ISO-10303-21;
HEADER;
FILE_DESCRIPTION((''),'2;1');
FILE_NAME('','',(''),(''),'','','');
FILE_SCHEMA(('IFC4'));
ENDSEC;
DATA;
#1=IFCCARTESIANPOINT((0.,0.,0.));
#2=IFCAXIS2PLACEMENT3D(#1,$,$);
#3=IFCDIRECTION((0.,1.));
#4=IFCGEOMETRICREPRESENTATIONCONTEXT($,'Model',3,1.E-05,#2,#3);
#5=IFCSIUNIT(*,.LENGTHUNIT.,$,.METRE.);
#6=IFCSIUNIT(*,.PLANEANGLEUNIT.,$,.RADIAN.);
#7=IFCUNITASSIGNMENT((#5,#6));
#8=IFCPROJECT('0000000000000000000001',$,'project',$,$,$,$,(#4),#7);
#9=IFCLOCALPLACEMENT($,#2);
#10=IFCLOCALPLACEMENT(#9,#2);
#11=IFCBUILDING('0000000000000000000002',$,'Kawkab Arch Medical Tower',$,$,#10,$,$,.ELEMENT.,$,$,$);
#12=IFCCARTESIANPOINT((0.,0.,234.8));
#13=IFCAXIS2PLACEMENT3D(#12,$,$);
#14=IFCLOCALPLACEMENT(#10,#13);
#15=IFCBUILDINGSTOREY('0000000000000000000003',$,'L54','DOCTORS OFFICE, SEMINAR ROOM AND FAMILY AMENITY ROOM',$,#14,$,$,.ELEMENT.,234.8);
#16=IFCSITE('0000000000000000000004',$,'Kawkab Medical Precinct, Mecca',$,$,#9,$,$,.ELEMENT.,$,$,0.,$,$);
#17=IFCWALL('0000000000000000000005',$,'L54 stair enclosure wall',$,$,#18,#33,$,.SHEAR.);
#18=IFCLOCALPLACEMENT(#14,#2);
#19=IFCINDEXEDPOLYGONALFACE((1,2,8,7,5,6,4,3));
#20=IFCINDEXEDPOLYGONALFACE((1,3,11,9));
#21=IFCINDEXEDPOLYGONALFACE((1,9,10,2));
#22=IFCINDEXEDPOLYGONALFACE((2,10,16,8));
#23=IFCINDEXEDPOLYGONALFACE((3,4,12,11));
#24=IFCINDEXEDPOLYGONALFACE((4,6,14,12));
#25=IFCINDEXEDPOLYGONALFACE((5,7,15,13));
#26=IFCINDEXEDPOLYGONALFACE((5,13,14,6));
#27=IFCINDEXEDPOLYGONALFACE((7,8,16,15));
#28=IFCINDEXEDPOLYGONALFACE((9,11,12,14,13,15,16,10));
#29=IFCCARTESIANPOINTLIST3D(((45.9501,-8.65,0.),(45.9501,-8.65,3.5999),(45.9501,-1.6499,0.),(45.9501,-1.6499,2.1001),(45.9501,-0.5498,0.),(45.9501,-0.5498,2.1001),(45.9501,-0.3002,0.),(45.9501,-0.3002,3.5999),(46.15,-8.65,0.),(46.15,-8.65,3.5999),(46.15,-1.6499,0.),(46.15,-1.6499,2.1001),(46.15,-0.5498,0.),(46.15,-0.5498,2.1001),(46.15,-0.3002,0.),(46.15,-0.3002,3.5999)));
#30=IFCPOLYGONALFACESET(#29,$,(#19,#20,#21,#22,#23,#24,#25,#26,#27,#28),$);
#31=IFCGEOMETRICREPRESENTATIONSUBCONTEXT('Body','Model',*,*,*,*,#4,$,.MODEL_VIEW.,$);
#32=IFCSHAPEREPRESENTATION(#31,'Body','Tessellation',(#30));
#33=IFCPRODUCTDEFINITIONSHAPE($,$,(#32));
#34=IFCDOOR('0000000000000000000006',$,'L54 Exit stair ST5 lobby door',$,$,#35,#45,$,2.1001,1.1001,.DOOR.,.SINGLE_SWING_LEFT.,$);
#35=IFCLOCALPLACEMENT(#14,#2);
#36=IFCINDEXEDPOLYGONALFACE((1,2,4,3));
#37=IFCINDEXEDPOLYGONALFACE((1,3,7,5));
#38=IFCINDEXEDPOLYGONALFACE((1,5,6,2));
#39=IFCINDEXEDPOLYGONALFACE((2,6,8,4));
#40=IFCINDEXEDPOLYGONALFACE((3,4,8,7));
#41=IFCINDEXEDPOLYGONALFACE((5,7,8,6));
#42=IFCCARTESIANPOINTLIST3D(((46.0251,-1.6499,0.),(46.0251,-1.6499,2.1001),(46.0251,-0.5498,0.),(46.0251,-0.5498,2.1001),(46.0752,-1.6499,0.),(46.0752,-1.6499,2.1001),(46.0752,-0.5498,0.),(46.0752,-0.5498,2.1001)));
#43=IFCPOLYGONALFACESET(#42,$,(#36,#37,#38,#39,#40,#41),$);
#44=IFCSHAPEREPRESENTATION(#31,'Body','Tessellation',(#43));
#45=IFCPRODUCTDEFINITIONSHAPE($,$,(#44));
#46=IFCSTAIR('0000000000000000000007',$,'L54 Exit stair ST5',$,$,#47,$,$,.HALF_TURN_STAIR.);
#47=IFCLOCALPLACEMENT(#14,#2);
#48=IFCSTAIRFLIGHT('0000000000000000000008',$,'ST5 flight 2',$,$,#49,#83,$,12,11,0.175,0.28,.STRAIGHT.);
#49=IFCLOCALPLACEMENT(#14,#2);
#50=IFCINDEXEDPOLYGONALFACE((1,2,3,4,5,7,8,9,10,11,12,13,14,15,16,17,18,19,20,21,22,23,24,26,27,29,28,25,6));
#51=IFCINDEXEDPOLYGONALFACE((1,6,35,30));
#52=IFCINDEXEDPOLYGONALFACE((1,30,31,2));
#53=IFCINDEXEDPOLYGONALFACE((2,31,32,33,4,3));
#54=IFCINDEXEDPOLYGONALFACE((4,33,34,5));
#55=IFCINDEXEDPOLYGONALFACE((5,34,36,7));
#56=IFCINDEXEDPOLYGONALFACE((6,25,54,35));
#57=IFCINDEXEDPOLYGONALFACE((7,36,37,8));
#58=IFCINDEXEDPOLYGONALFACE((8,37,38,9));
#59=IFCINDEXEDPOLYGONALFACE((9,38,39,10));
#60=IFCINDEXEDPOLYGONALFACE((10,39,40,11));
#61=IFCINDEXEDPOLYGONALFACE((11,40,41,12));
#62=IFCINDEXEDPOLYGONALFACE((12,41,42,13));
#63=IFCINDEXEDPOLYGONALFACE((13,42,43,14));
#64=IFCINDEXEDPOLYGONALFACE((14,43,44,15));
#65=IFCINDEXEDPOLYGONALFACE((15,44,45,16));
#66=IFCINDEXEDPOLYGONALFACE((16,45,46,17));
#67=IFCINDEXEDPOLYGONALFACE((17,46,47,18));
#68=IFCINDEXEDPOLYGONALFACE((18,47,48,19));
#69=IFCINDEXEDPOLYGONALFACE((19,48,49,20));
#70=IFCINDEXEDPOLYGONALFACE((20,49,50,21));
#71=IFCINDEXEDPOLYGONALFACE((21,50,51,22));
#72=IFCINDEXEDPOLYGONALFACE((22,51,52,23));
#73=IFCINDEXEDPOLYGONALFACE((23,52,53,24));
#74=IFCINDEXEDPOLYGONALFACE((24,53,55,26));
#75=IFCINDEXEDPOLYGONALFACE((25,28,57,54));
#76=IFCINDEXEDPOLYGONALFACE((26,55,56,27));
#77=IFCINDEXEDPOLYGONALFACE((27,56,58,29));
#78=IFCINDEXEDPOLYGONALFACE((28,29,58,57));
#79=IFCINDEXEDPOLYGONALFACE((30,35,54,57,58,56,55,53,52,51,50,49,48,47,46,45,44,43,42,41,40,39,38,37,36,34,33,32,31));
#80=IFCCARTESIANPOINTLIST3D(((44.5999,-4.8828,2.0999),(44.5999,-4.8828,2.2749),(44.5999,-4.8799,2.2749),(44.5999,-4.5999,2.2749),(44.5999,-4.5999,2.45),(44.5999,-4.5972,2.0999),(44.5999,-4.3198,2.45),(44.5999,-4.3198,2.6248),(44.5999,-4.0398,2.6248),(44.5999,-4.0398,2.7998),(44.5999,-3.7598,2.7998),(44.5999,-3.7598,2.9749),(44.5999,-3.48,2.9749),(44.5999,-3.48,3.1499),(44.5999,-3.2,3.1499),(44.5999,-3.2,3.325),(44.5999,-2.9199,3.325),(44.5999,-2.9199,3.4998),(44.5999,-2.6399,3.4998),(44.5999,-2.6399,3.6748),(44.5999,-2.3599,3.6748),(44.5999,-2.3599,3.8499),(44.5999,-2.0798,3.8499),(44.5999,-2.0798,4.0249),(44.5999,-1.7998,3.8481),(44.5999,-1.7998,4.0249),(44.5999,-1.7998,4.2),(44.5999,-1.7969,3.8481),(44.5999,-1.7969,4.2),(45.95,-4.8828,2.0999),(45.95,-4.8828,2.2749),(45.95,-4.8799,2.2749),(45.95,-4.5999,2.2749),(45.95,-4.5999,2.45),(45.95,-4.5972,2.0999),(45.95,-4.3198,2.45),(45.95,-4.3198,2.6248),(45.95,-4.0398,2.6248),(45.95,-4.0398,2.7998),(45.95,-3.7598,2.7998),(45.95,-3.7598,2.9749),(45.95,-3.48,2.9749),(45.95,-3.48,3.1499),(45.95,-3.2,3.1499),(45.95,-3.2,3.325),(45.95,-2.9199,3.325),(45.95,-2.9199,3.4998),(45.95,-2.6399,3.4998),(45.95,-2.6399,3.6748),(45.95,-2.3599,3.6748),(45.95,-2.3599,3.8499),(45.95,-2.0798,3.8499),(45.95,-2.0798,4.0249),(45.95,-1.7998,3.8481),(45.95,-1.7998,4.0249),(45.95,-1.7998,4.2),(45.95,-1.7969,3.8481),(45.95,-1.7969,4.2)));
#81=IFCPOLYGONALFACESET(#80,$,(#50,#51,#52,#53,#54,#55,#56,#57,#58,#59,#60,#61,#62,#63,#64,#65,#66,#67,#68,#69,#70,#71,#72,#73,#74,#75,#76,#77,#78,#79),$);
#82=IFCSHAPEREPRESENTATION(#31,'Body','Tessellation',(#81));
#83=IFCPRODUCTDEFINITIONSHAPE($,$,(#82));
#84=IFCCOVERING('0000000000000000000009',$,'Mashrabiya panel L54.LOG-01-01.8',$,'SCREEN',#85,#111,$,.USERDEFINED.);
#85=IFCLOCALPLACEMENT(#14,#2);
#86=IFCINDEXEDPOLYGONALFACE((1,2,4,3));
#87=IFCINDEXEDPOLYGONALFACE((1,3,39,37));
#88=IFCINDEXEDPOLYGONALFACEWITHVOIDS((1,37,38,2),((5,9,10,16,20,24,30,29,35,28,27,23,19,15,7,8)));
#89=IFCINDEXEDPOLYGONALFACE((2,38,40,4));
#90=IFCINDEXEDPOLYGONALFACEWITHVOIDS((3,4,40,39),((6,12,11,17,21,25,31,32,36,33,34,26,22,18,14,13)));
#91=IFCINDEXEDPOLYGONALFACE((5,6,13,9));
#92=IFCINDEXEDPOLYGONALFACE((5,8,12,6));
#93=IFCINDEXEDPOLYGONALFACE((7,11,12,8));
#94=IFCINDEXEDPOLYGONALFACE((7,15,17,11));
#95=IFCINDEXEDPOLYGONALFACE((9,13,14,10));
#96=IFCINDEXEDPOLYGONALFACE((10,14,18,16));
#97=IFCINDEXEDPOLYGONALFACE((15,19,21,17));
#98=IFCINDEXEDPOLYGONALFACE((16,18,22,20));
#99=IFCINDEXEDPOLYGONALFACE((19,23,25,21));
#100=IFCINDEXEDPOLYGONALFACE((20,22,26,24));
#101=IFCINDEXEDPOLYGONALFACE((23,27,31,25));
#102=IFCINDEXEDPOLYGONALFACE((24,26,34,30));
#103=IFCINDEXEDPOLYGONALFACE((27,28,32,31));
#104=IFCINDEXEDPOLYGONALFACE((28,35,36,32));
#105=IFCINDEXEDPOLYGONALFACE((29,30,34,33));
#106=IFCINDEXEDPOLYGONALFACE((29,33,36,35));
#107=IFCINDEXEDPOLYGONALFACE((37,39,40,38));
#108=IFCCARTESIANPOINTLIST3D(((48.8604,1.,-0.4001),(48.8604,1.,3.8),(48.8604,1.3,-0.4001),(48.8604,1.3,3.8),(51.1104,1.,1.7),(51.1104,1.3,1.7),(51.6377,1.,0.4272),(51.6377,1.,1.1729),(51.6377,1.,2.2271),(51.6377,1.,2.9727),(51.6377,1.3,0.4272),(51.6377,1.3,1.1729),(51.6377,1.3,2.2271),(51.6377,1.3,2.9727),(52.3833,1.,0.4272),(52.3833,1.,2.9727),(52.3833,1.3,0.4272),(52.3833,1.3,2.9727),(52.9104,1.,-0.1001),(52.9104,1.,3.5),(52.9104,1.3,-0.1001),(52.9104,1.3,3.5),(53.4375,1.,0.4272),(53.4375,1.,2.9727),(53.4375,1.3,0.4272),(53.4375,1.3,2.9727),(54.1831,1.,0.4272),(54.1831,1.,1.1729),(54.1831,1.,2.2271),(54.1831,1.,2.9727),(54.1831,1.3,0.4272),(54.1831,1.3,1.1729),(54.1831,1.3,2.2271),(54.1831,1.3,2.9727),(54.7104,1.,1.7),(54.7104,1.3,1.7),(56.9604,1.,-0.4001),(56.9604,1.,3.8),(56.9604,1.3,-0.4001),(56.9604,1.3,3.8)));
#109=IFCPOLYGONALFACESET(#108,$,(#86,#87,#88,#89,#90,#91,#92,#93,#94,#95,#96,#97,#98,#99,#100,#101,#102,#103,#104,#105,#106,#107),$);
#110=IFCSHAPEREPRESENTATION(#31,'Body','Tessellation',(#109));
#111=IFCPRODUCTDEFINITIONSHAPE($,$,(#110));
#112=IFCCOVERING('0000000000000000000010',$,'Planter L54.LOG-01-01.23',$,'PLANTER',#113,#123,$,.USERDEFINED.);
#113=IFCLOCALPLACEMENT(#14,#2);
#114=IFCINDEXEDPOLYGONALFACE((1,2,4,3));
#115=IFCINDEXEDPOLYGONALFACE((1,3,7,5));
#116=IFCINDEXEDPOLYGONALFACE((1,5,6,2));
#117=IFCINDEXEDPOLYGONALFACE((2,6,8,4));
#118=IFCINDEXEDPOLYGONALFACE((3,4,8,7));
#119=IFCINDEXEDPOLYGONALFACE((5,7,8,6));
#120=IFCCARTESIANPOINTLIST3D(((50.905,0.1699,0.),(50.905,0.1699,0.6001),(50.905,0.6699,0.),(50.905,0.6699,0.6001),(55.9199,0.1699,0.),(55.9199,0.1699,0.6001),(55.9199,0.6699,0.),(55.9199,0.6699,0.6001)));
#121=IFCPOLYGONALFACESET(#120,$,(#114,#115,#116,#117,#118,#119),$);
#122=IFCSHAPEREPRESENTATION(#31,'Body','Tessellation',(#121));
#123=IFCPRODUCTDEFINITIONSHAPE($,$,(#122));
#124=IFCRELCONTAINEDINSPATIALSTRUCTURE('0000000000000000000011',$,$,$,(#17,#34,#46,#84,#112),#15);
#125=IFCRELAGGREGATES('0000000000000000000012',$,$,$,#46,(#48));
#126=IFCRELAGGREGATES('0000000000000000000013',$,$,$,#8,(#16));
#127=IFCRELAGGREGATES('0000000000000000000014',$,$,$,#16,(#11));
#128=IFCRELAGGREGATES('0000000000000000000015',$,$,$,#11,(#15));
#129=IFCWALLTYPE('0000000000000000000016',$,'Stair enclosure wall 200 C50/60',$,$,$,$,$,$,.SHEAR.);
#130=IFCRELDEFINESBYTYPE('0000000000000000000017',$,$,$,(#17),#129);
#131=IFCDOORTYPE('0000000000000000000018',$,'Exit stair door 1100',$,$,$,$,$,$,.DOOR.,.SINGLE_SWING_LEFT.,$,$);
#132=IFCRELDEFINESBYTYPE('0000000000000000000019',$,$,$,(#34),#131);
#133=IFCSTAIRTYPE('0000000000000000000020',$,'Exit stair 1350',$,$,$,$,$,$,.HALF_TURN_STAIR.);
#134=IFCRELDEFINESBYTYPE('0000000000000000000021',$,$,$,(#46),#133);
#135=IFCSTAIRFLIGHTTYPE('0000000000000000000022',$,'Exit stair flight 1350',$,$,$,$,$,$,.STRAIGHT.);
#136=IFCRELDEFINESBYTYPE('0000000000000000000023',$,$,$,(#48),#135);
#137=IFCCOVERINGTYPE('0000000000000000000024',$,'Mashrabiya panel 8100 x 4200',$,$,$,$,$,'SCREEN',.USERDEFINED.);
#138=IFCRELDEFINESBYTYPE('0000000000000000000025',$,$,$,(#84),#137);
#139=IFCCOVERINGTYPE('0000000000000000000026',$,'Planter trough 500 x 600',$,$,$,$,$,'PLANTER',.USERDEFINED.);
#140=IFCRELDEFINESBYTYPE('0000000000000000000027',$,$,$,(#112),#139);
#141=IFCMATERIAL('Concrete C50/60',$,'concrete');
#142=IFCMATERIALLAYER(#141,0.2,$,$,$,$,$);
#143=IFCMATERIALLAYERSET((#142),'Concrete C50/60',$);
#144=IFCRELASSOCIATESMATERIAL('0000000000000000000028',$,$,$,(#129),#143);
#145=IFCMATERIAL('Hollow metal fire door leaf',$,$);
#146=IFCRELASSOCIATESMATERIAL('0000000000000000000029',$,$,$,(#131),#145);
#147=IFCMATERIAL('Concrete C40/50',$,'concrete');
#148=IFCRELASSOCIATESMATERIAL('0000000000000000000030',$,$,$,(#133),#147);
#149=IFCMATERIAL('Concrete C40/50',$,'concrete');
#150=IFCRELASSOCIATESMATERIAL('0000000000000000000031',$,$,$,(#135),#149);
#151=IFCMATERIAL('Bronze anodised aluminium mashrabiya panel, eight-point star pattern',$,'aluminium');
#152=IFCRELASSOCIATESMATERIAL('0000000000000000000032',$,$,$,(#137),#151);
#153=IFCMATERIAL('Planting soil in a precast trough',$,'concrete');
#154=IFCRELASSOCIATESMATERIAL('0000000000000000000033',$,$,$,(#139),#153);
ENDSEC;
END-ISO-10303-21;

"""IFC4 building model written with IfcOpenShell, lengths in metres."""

from ifc_helpers import new_model, si_unit, direction, frame, frame_2d, origin, origin_2d, place, context, subcontext, project, spatial, polyline, rectangle, outline, extrude, material, layer, layer_set, material_profile, profile_set, type_object, element, fill, aggregate, save


model = new_model("IFC4")

# Units and contexts
model_context = context("Model", 3, precision=1e-05, world=origin(), true_north=direction((0.0, 1.0)))
body_context = subcontext(model_context, "Body", "Model", "MODEL_VIEW")
ifc_project = project(units=[si_unit("LENGTHUNIT", "METRE"), si_unit("PLANEANGLEUNIT", "RADIAN")], contexts=[model_context])

# Site, building, storey
site_placement = place(None, origin())
site = spatial("IfcSite", under=ifc_project, at=site_placement, Name="Kawkab Medical Precinct, Mecca", CompositionType="ELEMENT", RefElevation=0.0)
building_placement = place(site_placement, origin())
building = spatial("IfcBuilding", under=site, at=building_placement, Name="Kawkab Arch Medical Tower", CompositionType="ELEMENT")
storey_placement = place(building_placement, frame((0.0, 0.0, 234.8)))
storey = spatial("IfcBuildingStorey", under=building, at=storey_placement, Name="L54", Description="DOCTORS OFFICE, SEMINAR ROOM AND FAMILY AMENITY ROOM", CompositionType="ELEMENT", Elevation=234.8)

# Shared definitions
placement = place(storey_placement, origin())

# Wall, opening, door
ifc_material_1 = material(Name="Concrete C50/60", Category="concrete")
ifc_layer_1 = layer(ifc_material_1, 0.2)
ifc_layer_set_1 = layer_set([ifc_layer_1], Name="Concrete C50/60")
wall_type_1 = type_object("IfcWallType", Name="Stair enclosure wall 200 C50/60", PredefinedType="SHEAR", material=ifc_layer_set_1)
wall_1_placement = place(storey_placement, frame((46.05, -8.6499, 0.0), z_axis=(0.0, 0.0, 1.0), x_axis=(0.0, 1.0, 0.0)))
wall_1 = element("IfcWall", 1, at=wall_1_placement, inside=storey, type_object=wall_type_1, Name="L54 stair enclosure wall", PredefinedType="SHEAR", context=body_context, shape_type="SweptSolid", body=[
    extrude(rectangle(XDim=8.3499, YDim=0.2, at=frame_2d((4.1748, 0.0))), origin(), (0.0, 0.0, 1.0), 3.5999),
])
opening_1_placement = place(wall_1_placement, frame((7.0, 0.0, 0.0)))
opening_1 = element("IfcOpeningElement", 2, at=opening_1_placement, cuts=wall_1, PredefinedType="OPENING", context=body_context, shape_type="SweptSolid", body=[
    extrude(rectangle(XDim=1.1001, YDim=2.1001, at=frame_2d((0.55, 1.05))), frame((0.0, 0.1099, 0.0), z_axis=(0.0, -1.0, 0.0), x_axis=(1.0, 0.0, 0.0)), (0.0, 0.0, 1.0), 0.22),
])
ifc_material_2 = material(Name="Hollow metal fire door leaf")
door_type_1 = type_object("IfcDoorType", Name="Exit stair door 1100", OperationType="SINGLE_SWING_LEFT", PredefinedType="DOOR", material=ifc_material_2)
door_1_placement = place(opening_1_placement, origin())
door_1 = element("IfcDoor", 3, at=door_1_placement, inside=storey, type_object=door_type_1, Name="L54 Exit stair ST5 lobby door", OperationType="SINGLE_SWING_LEFT", OverallHeight=2.1001, OverallWidth=1.1001, PredefinedType="DOOR", context=body_context, shape_type="SweptSolid", body=[
    extrude(rectangle(XDim=1.1001, YDim=2.1001, at=frame_2d((0.55, 1.05))), frame((0.0, 0.0249, 0.0), z_axis=(0.0, -1.0, 0.0), x_axis=(1.0, 0.0, 0.0)), (0.0, 0.0, 1.0), 0.05),
])
fill(opening_1, door_1)

# Stair, stair flight
ifc_material_3 = material(Name="Concrete C40/50", Category="concrete")
stair_type = type_object("IfcStairType", Name="Exit stair 1350", PredefinedType="HALF_TURN_STAIR", material=ifc_material_3)
stair = element("IfcStair", 4, at=placement, inside=storey, type_object=stair_type, Name="L54 Exit stair ST5", PredefinedType="HALF_TURN_STAIR")
ifc_material_4 = material(Name="Concrete C40/50", Category="concrete")
stair_flight_type = type_object("IfcStairFlightType", Name="Exit stair flight 1350", PredefinedType="STRAIGHT", material=ifc_material_4)
stair_flight_placement = place(storey_placement, frame((45.2749, -4.8799, 2.0999), z_axis=(0.0, 0.0, 1.0), x_axis=(0.0, 1.0, 0.0)))
stair_flight = element("IfcStairFlight", 5, at=stair_flight_placement, type_object=stair_flight_type, Name="ST5 flight 2", NumberOfRisers=12, NumberOfTreads=11, PredefinedType="STRAIGHT", RiserHeight=0.175, TreadLength=0.28, context=body_context, shape_type="SweptSolid", body=[
    extrude(outline(polyline([(-0.0029, 0.0), (-0.0029, 0.175), (0.0, 0.175), (0.28, 0.175), (0.28, 0.3501), (0.5601, 0.3501), (0.5601, 0.5249), (0.8401, 0.5249), (0.8401, 0.7), (1.1201, 0.7), (1.1201, 0.875), (1.3999, 0.875), (1.3999, 1.05), (1.6799, 1.05), (1.6799, 1.2251), (1.96, 1.2251), (1.96, 1.3999), (2.24, 1.3999), (2.24, 1.575), (2.52, 1.575), (2.52, 1.75), (2.8, 1.75), (2.8, 1.925), (3.0801, 1.925), (3.0801, 2.1001), (3.083, 2.1001), (3.083, 1.7483), (3.0801, 1.7483), (0.2827, 0.0), (-0.0029, 0.0)])), frame((0.0, 0.675, 0.0), z_axis=(0.0, -1.0, 0.0), x_axis=(1.0, 0.0, 0.0)), (0.0, 0.0, 1.0), 1.3501),
])
aggregate(stair, [stair_flight])

# Coverings
ifc_material_5 = material(Name="Bronze anodised aluminium mashrabiya panel, eight-point star pattern", Category="aluminium")
ifc_material_profile_1 = material_profile(ifc_material_5, outline(polyline([(-4.05, -2.1001), (4.05, -2.1001), (4.05, 2.1001), (-4.05, 2.1001), (-4.05, -2.1001)]), holes=[polyline([(1.8, 0.0), (1.2727, 0.5271), (1.2727, 1.2727), (0.5271, 1.2727), (0.0, 1.8), (-0.5271, 1.2727), (-1.2727, 1.2727), (-1.2727, 0.5271), (-1.8, 0.0), (-1.2727, -0.5271), (-1.2727, -1.2727), (-0.5271, -1.2727), (0.0, -1.8), (0.5271, -1.2727), (1.2727, -1.2727), (1.2727, -0.5271), (1.8, 0.0)])]), Name="Mashrabiya panel 8100x4200")
ifc_profile_set_1 = profile_set([ifc_material_profile_1], Name="Bronze anodised aluminium mashrabiya panel, eight-point star pattern")
covering_type_1 = type_object("IfcCoveringType", Name="Mashrabiya panel 8100 x 4200", ElementType="SCREEN", PredefinedType="USERDEFINED", material=ifc_profile_set_1)
covering_1_placement = place(storey_placement, frame((52.9104, 1.0, 1.7), z_axis=(0.0, 1.0, 0.0), x_axis=(-1.0, 0.0, 0.0)))
element("IfcCovering", 6, at=covering_1_placement, inside=storey, type_object=covering_type_1, Name="Mashrabiya panel L54.LOG-01-01.8", ObjectType="SCREEN", PredefinedType="USERDEFINED", context=body_context, shape_type="SweptSolid", body=[
    extrude(outline(polyline([(-4.05, -2.1001), (4.05, -2.1001), (4.05, 2.1001), (-4.05, 2.1001), (-4.05, -2.1001)]), holes=[polyline([(1.8, 0.0), (1.2727, 0.5271), (1.2727, 1.2727), (0.5271, 1.2727), (0.0, 1.8), (-0.5271, 1.2727), (-1.2727, 1.2727), (-1.2727, 0.5271), (-1.8, 0.0), (-1.2727, -0.5271), (-1.2727, -1.2727), (-0.5271, -1.2727), (0.0, -1.8), (0.5271, -1.2727), (1.2727, -1.2727), (1.2727, -0.5271), (1.8, 0.0)])]), origin(), (0.0, 0.0, 1.0), 0.3),
])
ifc_material_6 = material(Name="Planting soil in a precast trough", Category="concrete")
ifc_material_profile_2 = material_profile(ifc_material_6, rectangle(XDim=0.5, YDim=0.6001, at=origin_2d()), Name="Trough 500x600")
ifc_profile_set_2 = profile_set([ifc_material_profile_2], Name="Planting soil in a precast trough")
covering_type_2 = type_object("IfcCoveringType", Name="Planter trough 500 x 600", ElementType="PLANTER", PredefinedType="USERDEFINED", material=ifc_profile_set_2)
covering_2_placement = place(storey_placement, frame((50.905, 0.4199, 0.3), z_axis=(1.0, 0.0, 0.0), x_axis=(0.0, 1.0, 0.0)))
element("IfcCovering", 7, at=covering_2_placement, inside=storey, type_object=covering_type_2, Name="Planter L54.LOG-01-01.23", ObjectType="PLANTER", PredefinedType="USERDEFINED", context=body_context, shape_type="SweptSolid", body=[
    extrude(rectangle(XDim=0.5, YDim=0.6001, at=origin_2d()), origin(), (0.0, 0.0, 1.0), 5.0149),
])

save(model, "model.ifc")
